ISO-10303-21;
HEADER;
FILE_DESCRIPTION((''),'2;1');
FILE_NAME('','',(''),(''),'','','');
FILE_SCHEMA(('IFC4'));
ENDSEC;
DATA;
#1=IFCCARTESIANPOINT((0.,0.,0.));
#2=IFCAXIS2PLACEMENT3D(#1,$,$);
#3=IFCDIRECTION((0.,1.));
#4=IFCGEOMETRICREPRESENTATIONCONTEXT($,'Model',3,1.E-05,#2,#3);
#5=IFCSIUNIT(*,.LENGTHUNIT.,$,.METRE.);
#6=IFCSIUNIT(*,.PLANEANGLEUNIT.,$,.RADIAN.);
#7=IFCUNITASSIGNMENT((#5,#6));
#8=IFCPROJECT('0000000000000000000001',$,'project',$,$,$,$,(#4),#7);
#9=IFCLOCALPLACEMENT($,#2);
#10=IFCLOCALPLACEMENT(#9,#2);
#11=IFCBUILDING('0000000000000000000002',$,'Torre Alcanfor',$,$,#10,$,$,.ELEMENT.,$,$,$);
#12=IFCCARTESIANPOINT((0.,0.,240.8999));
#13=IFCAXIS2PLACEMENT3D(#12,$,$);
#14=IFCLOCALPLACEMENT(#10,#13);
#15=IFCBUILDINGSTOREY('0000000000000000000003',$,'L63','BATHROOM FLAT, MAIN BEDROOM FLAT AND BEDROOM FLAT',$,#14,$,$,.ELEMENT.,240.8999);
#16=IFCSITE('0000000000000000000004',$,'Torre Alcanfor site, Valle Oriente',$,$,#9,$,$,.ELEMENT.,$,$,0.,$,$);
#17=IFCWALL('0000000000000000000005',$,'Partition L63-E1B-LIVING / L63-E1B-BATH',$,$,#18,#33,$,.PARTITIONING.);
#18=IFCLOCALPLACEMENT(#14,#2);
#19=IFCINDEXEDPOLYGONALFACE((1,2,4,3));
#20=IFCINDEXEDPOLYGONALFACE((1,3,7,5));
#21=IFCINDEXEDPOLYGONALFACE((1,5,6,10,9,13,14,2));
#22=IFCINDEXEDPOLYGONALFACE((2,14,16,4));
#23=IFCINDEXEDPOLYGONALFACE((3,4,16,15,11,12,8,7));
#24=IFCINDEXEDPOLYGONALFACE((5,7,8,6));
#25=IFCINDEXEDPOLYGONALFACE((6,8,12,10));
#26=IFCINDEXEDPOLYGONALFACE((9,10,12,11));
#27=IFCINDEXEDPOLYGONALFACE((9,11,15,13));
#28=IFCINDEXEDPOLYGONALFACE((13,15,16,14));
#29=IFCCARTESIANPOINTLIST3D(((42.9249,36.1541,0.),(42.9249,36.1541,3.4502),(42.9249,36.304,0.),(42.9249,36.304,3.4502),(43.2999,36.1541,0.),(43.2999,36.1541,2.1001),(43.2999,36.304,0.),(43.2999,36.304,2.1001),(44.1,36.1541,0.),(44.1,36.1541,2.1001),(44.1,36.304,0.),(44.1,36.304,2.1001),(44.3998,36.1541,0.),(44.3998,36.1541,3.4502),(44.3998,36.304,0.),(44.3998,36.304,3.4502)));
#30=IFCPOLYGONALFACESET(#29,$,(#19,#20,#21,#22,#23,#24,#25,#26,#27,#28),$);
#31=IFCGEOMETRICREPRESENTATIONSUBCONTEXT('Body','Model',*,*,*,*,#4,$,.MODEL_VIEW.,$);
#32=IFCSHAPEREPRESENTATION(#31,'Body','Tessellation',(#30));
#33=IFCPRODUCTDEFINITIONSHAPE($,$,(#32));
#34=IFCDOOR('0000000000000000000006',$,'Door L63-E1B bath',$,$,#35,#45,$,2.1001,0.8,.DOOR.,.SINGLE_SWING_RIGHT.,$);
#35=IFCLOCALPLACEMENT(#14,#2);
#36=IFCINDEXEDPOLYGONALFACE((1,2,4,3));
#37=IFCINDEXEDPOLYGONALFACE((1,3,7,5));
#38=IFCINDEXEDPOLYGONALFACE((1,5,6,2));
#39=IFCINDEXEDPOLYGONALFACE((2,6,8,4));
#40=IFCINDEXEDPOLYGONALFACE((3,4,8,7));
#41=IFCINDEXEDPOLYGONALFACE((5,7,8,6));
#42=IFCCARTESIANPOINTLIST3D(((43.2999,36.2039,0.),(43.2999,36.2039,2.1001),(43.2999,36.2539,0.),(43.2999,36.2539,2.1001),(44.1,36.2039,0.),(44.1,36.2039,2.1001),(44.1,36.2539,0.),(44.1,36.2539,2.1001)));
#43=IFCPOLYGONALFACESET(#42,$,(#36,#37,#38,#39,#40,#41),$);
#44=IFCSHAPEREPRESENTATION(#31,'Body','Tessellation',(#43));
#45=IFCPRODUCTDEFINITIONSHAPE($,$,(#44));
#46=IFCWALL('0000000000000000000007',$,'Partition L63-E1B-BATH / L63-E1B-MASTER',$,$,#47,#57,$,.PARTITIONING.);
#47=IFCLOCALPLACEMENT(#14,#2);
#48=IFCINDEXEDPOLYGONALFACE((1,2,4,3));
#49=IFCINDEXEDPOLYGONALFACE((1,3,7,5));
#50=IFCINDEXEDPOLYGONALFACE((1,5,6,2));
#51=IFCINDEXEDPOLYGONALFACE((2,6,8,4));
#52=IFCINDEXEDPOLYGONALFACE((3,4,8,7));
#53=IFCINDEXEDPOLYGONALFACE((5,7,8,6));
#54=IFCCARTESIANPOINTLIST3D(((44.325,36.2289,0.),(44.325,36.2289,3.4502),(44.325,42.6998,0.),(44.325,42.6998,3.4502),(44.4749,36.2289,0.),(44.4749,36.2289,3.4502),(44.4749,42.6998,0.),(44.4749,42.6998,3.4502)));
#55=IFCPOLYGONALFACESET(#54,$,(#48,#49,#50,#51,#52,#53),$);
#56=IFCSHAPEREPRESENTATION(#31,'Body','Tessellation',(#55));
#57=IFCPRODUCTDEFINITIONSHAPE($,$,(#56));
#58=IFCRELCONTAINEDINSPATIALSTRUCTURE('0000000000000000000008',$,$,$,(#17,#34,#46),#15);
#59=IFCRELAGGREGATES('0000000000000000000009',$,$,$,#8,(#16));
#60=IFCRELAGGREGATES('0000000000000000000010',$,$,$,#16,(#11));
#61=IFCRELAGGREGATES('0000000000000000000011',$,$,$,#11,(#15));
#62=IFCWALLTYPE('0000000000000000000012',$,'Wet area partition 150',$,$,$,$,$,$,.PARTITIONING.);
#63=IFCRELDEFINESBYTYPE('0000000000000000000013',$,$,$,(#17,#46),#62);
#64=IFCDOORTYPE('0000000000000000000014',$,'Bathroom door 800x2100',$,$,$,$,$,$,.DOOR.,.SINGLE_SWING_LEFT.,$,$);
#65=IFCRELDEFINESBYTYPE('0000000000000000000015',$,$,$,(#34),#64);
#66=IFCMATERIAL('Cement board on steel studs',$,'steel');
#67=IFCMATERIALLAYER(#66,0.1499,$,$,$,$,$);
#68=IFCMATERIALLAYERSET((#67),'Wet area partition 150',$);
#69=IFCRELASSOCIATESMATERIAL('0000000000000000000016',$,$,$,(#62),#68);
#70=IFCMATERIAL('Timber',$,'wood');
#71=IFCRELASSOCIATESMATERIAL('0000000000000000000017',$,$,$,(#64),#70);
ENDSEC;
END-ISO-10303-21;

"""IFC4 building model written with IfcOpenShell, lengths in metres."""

from ifc_helpers import new_model, si_unit, direction, frame, frame_2d, origin, place, context, subcontext, project, spatial, rectangle, extrude, material, layer, layer_set, type_object, element, fill, save


model = new_model("IFC4")

# Units and contexts
model_context = context("Model", 3, precision=1e-05, world=origin(), true_north=direction((0.0, 1.0)))
body_context = subcontext(model_context, "Body", "Model", "MODEL_VIEW")
ifc_project = project(units=[si_unit("LENGTHUNIT", "METRE"), si_unit("PLANEANGLEUNIT", "RADIAN")], contexts=[model_context])

# Site, building, storey
site_placement = place(None, origin())
site = spatial("IfcSite", under=ifc_project, at=site_placement, Name="Torre Alcanfor site, Valle Oriente", CompositionType="ELEMENT", RefElevation=0.0)
building_placement = place(site_placement, origin())
building = spatial("IfcBuilding", under=site, at=building_placement, Name="Torre Alcanfor", CompositionType="ELEMENT")
storey_placement = place(building_placement, frame((0.0, 0.0, 240.8999)))
storey = spatial("IfcBuildingStorey", under=building, at=storey_placement, Name="L63", Description="BATHROOM FLAT, MAIN BEDROOM FLAT AND BEDROOM FLAT", CompositionType="ELEMENT", Elevation=240.8999)

# Wall, opening, door
ifc_material_1 = material(Name="Cement board on steel studs", Category="steel")
ifc_layer_1 = layer(ifc_material_1, 0.1499)
ifc_layer_set_1 = layer_set([ifc_layer_1], Name="Wet area partition 150")
wall_type_1 = type_object("IfcWallType", Name="Wet area partition 150", PredefinedType="PARTITIONING", material=ifc_layer_set_1)
wall_1_placement = place(storey_placement, frame((42.925, 36.229, 0.0), z_axis=(0.0, 0.0, 1.0), x_axis=(1.0, 0.0, 0.0)))
wall_1 = element("IfcWall", 1, at=wall_1_placement, inside=storey, type_object=wall_type_1, Name="Partition L63-E1B-LIVING / L63-E1B-BATH", PredefinedType="PARTITIONING", context=body_context, shape_type="SweptSolid", body=[
    extrude(rectangle(XDim=1.4749, YDim=0.1499, at=frame_2d((0.7373, 0.0))), origin(), (0.0, 0.0, 1.0), 3.4502),
])
opening_1_placement = place(wall_1_placement, frame((0.375, 0.0, 0.0)))
opening_1 = element("IfcOpeningElement", 2, at=opening_1_placement, cuts=wall_1, PredefinedType="OPENING", context=body_context, shape_type="SweptSolid", body=[
    extrude(rectangle(XDim=0.8, YDim=2.1001, at=frame_2d((0.3999, 1.05))), frame((0.0, 0.085, 0.0), z_axis=(0.0, -1.0, 0.0), x_axis=(1.0, 0.0, 0.0)), (0.0, 0.0, 1.0), 0.1699),
])
ifc_material_2 = material(Name="Timber", Category="wood")
door_type_1 = type_object("IfcDoorType", Name="Bathroom door 800x2100", OperationType="SINGLE_SWING_LEFT", PredefinedType="DOOR", material=ifc_material_2)
door_1_placement = place(opening_1_placement, origin())
door_1 = element("IfcDoor", 3, at=door_1_placement, inside=storey, type_object=door_type_1, Name="Door L63-E1B bath", OperationType="SINGLE_SWING_RIGHT", OverallHeight=2.1001, OverallWidth=0.8, PredefinedType="DOOR", context=body_context, shape_type="SweptSolid", body=[
    extrude(rectangle(XDim=0.8, YDim=2.1001, at=frame_2d((0.3999, 1.05))), frame((0.0, 0.0249, 0.0), z_axis=(0.0, -1.0, 0.0), x_axis=(1.0, 0.0, 0.0)), (0.0, 0.0, 1.0), 0.05),
])
fill(opening_1, door_1)

# Wall
wall_2_placement = place(storey_placement, frame((44.3999, 36.229, 0.0), z_axis=(0.0, 0.0, 1.0), x_axis=(0.0, 1.0, 0.0)))
element("IfcWall", 4, at=wall_2_placement, inside=storey, type_object=wall_type_1, Name="Partition L63-E1B-BATH / L63-E1B-MASTER", PredefinedType="PARTITIONING", context=body_context, shape_type="SweptSolid", body=[
    extrude(rectangle(XDim=6.4709, YDim=0.1499, at=frame_2d((3.2354, 0.0))), origin(), (0.0, 0.0, 1.0), 3.4502),
])

save(model, "model.ifc")
